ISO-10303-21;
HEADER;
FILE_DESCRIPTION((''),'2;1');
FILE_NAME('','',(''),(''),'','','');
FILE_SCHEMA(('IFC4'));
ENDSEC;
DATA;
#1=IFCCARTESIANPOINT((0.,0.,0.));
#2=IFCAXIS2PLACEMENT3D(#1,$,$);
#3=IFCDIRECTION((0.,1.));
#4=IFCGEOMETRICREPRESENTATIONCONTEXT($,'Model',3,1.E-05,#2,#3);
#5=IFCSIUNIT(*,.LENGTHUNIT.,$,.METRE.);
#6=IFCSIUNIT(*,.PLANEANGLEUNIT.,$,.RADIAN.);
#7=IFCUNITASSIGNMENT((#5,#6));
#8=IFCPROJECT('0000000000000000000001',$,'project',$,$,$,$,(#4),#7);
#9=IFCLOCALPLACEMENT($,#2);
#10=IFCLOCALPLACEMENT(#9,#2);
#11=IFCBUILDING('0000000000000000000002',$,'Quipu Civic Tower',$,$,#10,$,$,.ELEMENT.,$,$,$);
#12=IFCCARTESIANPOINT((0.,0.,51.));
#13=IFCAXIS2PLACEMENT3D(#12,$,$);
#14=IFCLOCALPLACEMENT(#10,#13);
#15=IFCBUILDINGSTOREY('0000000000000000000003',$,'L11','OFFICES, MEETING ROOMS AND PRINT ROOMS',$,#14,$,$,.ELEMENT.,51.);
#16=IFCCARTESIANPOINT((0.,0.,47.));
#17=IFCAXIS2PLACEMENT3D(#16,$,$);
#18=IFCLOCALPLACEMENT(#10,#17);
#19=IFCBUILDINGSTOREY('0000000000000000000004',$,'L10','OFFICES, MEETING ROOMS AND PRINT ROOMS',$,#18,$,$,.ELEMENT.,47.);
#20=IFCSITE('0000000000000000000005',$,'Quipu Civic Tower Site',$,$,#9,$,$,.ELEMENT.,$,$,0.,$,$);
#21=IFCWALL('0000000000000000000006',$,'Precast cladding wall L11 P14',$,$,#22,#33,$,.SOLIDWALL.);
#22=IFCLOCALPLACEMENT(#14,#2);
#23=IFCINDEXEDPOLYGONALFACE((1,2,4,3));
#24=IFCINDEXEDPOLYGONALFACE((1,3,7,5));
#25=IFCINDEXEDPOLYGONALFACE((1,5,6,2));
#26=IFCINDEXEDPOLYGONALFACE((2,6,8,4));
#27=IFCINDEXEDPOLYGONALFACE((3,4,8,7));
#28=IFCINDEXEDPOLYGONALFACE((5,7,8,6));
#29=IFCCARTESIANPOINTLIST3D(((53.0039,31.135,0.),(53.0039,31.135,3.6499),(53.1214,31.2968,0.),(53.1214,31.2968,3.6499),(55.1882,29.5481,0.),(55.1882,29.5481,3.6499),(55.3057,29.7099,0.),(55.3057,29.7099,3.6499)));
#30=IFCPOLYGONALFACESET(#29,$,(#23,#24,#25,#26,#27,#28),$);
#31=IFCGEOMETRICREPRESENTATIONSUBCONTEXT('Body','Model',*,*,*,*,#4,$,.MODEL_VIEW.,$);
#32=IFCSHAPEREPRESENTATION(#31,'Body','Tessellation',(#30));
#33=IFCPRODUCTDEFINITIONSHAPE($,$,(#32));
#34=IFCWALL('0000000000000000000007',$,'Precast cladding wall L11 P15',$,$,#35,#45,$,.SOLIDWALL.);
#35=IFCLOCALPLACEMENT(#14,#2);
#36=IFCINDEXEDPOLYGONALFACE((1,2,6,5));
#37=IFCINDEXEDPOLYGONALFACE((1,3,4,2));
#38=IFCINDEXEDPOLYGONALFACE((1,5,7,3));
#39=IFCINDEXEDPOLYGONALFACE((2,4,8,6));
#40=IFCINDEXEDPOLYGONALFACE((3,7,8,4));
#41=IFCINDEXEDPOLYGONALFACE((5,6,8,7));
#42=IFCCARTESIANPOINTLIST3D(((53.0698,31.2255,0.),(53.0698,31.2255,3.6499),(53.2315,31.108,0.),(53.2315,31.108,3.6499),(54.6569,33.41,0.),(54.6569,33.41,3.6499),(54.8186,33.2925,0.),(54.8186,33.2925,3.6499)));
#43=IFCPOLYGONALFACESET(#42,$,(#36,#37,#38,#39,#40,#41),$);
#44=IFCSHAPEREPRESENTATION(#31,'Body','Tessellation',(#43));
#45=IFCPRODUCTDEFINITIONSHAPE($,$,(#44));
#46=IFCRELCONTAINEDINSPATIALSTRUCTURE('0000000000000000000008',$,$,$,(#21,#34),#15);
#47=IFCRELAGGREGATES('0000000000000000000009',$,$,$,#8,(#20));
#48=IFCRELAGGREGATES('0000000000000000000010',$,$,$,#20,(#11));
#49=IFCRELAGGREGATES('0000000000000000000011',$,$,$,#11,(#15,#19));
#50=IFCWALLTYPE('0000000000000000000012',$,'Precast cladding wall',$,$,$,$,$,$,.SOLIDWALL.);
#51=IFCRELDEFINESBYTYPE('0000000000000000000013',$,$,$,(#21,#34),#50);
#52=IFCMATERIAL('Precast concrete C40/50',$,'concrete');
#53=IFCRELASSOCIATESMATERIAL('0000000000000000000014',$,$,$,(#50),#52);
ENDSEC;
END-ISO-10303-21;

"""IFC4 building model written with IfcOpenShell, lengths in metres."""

from ifc_helpers import new_model, si_unit, direction, frame, frame_2d, origin, place, context, subcontext, project, spatial, rectangle, extrude, material, type_object, element, save


model = new_model("IFC4")

# Units and contexts
model_context = context("Model", 3, precision=1e-05, world=origin(), true_north=direction((0.0, 1.0)))
body_context = subcontext(model_context, "Body", "Model", "MODEL_VIEW")
ifc_project = project(units=[si_unit("LENGTHUNIT", "METRE"), si_unit("PLANEANGLEUNIT", "RADIAN")], contexts=[model_context])

# Site, building, storey
site_placement = place(None, origin())
site = spatial("IfcSite", under=ifc_project, at=site_placement, Name="Quipu Civic Tower Site", CompositionType="ELEMENT", RefElevation=0.0)
building_placement = place(site_placement, origin())
building = spatial("IfcBuilding", under=site, at=building_placement, Name="Quipu Civic Tower", CompositionType="ELEMENT")
storey_1_placement = place(building_placement, frame((0.0, 0.0, 51.0)))
storey_1 = spatial("IfcBuildingStorey", under=building, at=storey_1_placement, Name="L11", Description="OFFICES, MEETING ROOMS AND PRINT ROOMS", CompositionType="ELEMENT", Elevation=51.0)

# Shared definitions
storey_2_placement = place(building_placement, frame((0.0, 0.0, 47.0)))
storey_2 = spatial("IfcBuildingStorey", under=building, at=storey_2_placement, Name="L10", Description="OFFICES, MEETING ROOMS AND PRINT ROOMS", CompositionType="ELEMENT", Elevation=47.0)

# Walls
ifc_material_1 = material(Name="Precast concrete C40/50", Category="concrete")
wall_type_1 = type_object("IfcWallType", Name="Precast cladding wall", PredefinedType="SOLIDWALL", material=ifc_material_1)
wall_1_placement = place(storey_1_placement, frame((55.2471, 29.6289, 0.0), z_axis=(0.0, 0.0, 1.0), x_axis=(-0.809033, 0.587763, 0.0)))
element("IfcWall", 1, at=wall_1_placement, inside=storey_1, type_object=wall_type_1, Name="Precast cladding wall L11 P14", PredefinedType="SOLIDWALL", context=body_context, shape_type="SweptSolid", body=[
    extrude(rectangle(XDim=2.7, YDim=0.2, at=frame_2d((1.3501, 0.0))), origin(), (0.0, 0.0, 1.0), 3.6499),
])
wall_2_placement = place(storey_1_placement, frame((53.1506, 31.1667, 0.0), z_axis=(0.0, 0.0, 1.0), x_axis=(0.587779, 0.809021, 0.0)))
element("IfcWall", 2, at=wall_2_placement, inside=storey_1, type_object=wall_type_1, Name="Precast cladding wall L11 P15", PredefinedType="SOLIDWALL", context=body_context, shape_type="SweptSolid", body=[
    extrude(rectangle(XDim=2.7002, YDim=0.2, at=frame_2d((1.3501, 0.0))), origin(), (0.0, 0.0, 1.0), 3.6499),
])

save(model, "model.ifc")
